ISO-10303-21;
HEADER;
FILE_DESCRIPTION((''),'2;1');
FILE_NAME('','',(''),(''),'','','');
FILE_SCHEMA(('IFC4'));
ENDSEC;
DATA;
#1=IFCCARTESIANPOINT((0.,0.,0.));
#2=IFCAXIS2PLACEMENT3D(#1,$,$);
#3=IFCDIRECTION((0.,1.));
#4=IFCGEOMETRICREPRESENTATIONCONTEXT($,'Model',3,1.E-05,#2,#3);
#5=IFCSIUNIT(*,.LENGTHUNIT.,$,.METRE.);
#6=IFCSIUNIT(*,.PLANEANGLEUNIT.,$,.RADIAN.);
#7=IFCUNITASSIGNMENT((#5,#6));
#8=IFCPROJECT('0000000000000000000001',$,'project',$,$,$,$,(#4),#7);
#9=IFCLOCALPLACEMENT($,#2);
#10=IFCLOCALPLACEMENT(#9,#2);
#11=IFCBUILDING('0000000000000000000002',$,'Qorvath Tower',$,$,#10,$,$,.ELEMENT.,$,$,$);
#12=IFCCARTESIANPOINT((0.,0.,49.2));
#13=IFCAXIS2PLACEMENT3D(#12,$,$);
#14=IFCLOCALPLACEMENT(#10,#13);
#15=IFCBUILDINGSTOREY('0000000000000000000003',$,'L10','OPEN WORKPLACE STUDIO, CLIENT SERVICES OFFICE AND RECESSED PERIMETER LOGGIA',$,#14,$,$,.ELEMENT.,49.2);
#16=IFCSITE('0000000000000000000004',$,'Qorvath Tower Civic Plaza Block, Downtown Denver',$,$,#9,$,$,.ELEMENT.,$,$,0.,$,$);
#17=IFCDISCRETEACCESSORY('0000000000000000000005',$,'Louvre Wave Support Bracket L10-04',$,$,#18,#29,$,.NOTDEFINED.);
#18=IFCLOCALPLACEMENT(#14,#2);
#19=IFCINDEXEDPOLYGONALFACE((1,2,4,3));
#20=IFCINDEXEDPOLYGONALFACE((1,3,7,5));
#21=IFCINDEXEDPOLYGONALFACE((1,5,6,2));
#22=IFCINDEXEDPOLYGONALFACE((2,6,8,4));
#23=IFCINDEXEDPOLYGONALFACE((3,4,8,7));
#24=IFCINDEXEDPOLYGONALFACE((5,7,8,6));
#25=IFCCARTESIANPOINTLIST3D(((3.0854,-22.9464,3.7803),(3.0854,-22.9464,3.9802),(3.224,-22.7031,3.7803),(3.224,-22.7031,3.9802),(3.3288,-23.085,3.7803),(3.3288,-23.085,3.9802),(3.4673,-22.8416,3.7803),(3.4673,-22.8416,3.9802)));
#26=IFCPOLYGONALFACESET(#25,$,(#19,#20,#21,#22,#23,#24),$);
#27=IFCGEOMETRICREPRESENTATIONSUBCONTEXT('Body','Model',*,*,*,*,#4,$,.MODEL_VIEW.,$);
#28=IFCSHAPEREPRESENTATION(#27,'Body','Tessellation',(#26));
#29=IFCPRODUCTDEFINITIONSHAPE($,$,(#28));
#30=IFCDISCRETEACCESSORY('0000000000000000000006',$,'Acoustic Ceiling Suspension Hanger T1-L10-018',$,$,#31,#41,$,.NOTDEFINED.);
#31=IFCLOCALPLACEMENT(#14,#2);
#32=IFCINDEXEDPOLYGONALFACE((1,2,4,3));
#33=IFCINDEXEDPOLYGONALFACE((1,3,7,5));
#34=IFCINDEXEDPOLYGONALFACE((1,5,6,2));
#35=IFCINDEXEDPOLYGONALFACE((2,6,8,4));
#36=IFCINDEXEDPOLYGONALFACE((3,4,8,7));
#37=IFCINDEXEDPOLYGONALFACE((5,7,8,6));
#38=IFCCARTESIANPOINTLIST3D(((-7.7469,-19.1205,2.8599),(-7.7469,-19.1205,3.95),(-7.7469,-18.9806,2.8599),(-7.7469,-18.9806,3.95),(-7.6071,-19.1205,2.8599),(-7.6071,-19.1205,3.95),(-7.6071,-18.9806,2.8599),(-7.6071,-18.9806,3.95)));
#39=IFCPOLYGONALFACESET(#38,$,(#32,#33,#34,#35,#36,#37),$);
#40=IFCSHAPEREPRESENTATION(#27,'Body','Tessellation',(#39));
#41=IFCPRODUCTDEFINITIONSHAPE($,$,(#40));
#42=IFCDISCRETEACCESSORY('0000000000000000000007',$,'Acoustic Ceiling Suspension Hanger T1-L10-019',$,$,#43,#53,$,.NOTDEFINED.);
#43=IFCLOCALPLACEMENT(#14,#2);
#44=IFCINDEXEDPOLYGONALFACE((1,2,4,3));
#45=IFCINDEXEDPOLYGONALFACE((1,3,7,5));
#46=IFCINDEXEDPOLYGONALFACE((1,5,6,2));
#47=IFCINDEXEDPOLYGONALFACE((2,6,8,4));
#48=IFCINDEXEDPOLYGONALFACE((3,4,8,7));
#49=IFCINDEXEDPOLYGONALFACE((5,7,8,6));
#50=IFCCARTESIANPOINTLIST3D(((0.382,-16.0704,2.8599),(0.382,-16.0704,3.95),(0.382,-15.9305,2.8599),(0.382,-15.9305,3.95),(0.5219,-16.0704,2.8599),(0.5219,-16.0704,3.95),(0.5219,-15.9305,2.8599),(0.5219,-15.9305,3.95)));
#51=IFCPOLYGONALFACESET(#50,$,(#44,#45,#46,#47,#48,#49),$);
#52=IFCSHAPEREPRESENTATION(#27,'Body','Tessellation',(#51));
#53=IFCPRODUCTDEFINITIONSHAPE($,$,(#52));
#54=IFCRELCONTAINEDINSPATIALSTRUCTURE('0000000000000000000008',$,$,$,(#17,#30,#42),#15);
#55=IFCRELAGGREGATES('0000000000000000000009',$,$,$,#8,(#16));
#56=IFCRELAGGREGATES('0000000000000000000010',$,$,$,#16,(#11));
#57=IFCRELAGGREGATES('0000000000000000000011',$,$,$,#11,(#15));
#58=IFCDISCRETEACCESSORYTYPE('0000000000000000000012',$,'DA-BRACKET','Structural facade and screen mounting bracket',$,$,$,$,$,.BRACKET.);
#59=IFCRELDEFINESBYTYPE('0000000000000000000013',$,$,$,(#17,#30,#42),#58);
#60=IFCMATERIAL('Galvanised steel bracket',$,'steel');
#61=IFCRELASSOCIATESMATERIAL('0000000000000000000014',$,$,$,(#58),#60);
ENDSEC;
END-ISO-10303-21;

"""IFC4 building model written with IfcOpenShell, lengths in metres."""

from ifc_helpers import new_model, si_unit, direction, frame, origin, origin_2d, place, context, subcontext, project, spatial, rectangle, extrude, material, type_object, element, save


model = new_model("IFC4")

# Units and contexts
model_context = context("Model", 3, precision=1e-05, world=origin(), true_north=direction((0.0, 1.0)))
body_context = subcontext(model_context, "Body", "Model", "MODEL_VIEW")
ifc_project = project(units=[si_unit("LENGTHUNIT", "METRE"), si_unit("PLANEANGLEUNIT", "RADIAN")], contexts=[model_context])

# Site, building, storey
site_placement = place(None, origin())
site = spatial("IfcSite", under=ifc_project, at=site_placement, Name="Qorvath Tower Civic Plaza Block, Downtown Denver", CompositionType="ELEMENT", RefElevation=0.0)
building_placement = place(site_placement, origin())
building = spatial("IfcBuilding", under=site, at=building_placement, Name="Qorvath Tower", CompositionType="ELEMENT")
storey_placement = place(building_placement, frame((0.0, 0.0, 49.2)))
storey = spatial("IfcBuildingStorey", under=building, at=storey_placement, Name="L10", Description="OPEN WORKPLACE STUDIO, CLIENT SERVICES OFFICE AND RECESSED PERIMETER LOGGIA", CompositionType="ELEMENT", Elevation=49.2)

# Discrete accessories
ifc_material_1 = material(Name="Galvanised steel bracket", Category="steel")
discrete_accessory_type = type_object("IfcDiscreteAccessoryType", Name="DA-BRACKET", Description="Structural facade and screen mounting bracket", PredefinedType="BRACKET", material=ifc_material_1)
for number, where, z_axis, x_axis, name in (
    (1, (3.2764, -22.894, 3.7803), (0.0, 0.0, 1.0), (0.494763, 0.869028, 0.0), "Louvre Wave Support Bracket L10-04"),
):
    element("IfcDiscreteAccessory", number, at=place(storey_placement, frame(where, z_axis=z_axis, x_axis=x_axis)), inside=storey, type_object=discrete_accessory_type, Name=name, PredefinedType="NOTDEFINED", context=body_context, shape_type="SweptSolid", body=[
        extrude(rectangle(XDim=0.28, YDim=0.28, at=origin_2d()), origin(), (0.0, 0.0, 1.0), 0.2),
    ])
for number, where, z_axis, x_axis, name in (
    (2, (-7.677, -19.0505, 2.8599), (0.0, 0.0, 1.0), (1.0, 0.0, 0.0), "Acoustic Ceiling Suspension Hanger T1-L10-018"),
    (3, (0.4519, -16.0005, 2.8599), (0.0, 0.0, 1.0), (1.0, 0.0, 0.0), "Acoustic Ceiling Suspension Hanger T1-L10-019"),
):
    element("IfcDiscreteAccessory", number, at=place(storey_placement, frame(where, z_axis=z_axis, x_axis=x_axis)), inside=storey, type_object=discrete_accessory_type, Name=name, PredefinedType="NOTDEFINED", context=body_context, shape_type="SweptSolid", body=[
        extrude(rectangle(XDim=0.1399, YDim=0.1399, at=origin_2d()), origin(), (0.0, 0.0, 1.0), 1.0901),
    ])

save(model, "model.ifc")
